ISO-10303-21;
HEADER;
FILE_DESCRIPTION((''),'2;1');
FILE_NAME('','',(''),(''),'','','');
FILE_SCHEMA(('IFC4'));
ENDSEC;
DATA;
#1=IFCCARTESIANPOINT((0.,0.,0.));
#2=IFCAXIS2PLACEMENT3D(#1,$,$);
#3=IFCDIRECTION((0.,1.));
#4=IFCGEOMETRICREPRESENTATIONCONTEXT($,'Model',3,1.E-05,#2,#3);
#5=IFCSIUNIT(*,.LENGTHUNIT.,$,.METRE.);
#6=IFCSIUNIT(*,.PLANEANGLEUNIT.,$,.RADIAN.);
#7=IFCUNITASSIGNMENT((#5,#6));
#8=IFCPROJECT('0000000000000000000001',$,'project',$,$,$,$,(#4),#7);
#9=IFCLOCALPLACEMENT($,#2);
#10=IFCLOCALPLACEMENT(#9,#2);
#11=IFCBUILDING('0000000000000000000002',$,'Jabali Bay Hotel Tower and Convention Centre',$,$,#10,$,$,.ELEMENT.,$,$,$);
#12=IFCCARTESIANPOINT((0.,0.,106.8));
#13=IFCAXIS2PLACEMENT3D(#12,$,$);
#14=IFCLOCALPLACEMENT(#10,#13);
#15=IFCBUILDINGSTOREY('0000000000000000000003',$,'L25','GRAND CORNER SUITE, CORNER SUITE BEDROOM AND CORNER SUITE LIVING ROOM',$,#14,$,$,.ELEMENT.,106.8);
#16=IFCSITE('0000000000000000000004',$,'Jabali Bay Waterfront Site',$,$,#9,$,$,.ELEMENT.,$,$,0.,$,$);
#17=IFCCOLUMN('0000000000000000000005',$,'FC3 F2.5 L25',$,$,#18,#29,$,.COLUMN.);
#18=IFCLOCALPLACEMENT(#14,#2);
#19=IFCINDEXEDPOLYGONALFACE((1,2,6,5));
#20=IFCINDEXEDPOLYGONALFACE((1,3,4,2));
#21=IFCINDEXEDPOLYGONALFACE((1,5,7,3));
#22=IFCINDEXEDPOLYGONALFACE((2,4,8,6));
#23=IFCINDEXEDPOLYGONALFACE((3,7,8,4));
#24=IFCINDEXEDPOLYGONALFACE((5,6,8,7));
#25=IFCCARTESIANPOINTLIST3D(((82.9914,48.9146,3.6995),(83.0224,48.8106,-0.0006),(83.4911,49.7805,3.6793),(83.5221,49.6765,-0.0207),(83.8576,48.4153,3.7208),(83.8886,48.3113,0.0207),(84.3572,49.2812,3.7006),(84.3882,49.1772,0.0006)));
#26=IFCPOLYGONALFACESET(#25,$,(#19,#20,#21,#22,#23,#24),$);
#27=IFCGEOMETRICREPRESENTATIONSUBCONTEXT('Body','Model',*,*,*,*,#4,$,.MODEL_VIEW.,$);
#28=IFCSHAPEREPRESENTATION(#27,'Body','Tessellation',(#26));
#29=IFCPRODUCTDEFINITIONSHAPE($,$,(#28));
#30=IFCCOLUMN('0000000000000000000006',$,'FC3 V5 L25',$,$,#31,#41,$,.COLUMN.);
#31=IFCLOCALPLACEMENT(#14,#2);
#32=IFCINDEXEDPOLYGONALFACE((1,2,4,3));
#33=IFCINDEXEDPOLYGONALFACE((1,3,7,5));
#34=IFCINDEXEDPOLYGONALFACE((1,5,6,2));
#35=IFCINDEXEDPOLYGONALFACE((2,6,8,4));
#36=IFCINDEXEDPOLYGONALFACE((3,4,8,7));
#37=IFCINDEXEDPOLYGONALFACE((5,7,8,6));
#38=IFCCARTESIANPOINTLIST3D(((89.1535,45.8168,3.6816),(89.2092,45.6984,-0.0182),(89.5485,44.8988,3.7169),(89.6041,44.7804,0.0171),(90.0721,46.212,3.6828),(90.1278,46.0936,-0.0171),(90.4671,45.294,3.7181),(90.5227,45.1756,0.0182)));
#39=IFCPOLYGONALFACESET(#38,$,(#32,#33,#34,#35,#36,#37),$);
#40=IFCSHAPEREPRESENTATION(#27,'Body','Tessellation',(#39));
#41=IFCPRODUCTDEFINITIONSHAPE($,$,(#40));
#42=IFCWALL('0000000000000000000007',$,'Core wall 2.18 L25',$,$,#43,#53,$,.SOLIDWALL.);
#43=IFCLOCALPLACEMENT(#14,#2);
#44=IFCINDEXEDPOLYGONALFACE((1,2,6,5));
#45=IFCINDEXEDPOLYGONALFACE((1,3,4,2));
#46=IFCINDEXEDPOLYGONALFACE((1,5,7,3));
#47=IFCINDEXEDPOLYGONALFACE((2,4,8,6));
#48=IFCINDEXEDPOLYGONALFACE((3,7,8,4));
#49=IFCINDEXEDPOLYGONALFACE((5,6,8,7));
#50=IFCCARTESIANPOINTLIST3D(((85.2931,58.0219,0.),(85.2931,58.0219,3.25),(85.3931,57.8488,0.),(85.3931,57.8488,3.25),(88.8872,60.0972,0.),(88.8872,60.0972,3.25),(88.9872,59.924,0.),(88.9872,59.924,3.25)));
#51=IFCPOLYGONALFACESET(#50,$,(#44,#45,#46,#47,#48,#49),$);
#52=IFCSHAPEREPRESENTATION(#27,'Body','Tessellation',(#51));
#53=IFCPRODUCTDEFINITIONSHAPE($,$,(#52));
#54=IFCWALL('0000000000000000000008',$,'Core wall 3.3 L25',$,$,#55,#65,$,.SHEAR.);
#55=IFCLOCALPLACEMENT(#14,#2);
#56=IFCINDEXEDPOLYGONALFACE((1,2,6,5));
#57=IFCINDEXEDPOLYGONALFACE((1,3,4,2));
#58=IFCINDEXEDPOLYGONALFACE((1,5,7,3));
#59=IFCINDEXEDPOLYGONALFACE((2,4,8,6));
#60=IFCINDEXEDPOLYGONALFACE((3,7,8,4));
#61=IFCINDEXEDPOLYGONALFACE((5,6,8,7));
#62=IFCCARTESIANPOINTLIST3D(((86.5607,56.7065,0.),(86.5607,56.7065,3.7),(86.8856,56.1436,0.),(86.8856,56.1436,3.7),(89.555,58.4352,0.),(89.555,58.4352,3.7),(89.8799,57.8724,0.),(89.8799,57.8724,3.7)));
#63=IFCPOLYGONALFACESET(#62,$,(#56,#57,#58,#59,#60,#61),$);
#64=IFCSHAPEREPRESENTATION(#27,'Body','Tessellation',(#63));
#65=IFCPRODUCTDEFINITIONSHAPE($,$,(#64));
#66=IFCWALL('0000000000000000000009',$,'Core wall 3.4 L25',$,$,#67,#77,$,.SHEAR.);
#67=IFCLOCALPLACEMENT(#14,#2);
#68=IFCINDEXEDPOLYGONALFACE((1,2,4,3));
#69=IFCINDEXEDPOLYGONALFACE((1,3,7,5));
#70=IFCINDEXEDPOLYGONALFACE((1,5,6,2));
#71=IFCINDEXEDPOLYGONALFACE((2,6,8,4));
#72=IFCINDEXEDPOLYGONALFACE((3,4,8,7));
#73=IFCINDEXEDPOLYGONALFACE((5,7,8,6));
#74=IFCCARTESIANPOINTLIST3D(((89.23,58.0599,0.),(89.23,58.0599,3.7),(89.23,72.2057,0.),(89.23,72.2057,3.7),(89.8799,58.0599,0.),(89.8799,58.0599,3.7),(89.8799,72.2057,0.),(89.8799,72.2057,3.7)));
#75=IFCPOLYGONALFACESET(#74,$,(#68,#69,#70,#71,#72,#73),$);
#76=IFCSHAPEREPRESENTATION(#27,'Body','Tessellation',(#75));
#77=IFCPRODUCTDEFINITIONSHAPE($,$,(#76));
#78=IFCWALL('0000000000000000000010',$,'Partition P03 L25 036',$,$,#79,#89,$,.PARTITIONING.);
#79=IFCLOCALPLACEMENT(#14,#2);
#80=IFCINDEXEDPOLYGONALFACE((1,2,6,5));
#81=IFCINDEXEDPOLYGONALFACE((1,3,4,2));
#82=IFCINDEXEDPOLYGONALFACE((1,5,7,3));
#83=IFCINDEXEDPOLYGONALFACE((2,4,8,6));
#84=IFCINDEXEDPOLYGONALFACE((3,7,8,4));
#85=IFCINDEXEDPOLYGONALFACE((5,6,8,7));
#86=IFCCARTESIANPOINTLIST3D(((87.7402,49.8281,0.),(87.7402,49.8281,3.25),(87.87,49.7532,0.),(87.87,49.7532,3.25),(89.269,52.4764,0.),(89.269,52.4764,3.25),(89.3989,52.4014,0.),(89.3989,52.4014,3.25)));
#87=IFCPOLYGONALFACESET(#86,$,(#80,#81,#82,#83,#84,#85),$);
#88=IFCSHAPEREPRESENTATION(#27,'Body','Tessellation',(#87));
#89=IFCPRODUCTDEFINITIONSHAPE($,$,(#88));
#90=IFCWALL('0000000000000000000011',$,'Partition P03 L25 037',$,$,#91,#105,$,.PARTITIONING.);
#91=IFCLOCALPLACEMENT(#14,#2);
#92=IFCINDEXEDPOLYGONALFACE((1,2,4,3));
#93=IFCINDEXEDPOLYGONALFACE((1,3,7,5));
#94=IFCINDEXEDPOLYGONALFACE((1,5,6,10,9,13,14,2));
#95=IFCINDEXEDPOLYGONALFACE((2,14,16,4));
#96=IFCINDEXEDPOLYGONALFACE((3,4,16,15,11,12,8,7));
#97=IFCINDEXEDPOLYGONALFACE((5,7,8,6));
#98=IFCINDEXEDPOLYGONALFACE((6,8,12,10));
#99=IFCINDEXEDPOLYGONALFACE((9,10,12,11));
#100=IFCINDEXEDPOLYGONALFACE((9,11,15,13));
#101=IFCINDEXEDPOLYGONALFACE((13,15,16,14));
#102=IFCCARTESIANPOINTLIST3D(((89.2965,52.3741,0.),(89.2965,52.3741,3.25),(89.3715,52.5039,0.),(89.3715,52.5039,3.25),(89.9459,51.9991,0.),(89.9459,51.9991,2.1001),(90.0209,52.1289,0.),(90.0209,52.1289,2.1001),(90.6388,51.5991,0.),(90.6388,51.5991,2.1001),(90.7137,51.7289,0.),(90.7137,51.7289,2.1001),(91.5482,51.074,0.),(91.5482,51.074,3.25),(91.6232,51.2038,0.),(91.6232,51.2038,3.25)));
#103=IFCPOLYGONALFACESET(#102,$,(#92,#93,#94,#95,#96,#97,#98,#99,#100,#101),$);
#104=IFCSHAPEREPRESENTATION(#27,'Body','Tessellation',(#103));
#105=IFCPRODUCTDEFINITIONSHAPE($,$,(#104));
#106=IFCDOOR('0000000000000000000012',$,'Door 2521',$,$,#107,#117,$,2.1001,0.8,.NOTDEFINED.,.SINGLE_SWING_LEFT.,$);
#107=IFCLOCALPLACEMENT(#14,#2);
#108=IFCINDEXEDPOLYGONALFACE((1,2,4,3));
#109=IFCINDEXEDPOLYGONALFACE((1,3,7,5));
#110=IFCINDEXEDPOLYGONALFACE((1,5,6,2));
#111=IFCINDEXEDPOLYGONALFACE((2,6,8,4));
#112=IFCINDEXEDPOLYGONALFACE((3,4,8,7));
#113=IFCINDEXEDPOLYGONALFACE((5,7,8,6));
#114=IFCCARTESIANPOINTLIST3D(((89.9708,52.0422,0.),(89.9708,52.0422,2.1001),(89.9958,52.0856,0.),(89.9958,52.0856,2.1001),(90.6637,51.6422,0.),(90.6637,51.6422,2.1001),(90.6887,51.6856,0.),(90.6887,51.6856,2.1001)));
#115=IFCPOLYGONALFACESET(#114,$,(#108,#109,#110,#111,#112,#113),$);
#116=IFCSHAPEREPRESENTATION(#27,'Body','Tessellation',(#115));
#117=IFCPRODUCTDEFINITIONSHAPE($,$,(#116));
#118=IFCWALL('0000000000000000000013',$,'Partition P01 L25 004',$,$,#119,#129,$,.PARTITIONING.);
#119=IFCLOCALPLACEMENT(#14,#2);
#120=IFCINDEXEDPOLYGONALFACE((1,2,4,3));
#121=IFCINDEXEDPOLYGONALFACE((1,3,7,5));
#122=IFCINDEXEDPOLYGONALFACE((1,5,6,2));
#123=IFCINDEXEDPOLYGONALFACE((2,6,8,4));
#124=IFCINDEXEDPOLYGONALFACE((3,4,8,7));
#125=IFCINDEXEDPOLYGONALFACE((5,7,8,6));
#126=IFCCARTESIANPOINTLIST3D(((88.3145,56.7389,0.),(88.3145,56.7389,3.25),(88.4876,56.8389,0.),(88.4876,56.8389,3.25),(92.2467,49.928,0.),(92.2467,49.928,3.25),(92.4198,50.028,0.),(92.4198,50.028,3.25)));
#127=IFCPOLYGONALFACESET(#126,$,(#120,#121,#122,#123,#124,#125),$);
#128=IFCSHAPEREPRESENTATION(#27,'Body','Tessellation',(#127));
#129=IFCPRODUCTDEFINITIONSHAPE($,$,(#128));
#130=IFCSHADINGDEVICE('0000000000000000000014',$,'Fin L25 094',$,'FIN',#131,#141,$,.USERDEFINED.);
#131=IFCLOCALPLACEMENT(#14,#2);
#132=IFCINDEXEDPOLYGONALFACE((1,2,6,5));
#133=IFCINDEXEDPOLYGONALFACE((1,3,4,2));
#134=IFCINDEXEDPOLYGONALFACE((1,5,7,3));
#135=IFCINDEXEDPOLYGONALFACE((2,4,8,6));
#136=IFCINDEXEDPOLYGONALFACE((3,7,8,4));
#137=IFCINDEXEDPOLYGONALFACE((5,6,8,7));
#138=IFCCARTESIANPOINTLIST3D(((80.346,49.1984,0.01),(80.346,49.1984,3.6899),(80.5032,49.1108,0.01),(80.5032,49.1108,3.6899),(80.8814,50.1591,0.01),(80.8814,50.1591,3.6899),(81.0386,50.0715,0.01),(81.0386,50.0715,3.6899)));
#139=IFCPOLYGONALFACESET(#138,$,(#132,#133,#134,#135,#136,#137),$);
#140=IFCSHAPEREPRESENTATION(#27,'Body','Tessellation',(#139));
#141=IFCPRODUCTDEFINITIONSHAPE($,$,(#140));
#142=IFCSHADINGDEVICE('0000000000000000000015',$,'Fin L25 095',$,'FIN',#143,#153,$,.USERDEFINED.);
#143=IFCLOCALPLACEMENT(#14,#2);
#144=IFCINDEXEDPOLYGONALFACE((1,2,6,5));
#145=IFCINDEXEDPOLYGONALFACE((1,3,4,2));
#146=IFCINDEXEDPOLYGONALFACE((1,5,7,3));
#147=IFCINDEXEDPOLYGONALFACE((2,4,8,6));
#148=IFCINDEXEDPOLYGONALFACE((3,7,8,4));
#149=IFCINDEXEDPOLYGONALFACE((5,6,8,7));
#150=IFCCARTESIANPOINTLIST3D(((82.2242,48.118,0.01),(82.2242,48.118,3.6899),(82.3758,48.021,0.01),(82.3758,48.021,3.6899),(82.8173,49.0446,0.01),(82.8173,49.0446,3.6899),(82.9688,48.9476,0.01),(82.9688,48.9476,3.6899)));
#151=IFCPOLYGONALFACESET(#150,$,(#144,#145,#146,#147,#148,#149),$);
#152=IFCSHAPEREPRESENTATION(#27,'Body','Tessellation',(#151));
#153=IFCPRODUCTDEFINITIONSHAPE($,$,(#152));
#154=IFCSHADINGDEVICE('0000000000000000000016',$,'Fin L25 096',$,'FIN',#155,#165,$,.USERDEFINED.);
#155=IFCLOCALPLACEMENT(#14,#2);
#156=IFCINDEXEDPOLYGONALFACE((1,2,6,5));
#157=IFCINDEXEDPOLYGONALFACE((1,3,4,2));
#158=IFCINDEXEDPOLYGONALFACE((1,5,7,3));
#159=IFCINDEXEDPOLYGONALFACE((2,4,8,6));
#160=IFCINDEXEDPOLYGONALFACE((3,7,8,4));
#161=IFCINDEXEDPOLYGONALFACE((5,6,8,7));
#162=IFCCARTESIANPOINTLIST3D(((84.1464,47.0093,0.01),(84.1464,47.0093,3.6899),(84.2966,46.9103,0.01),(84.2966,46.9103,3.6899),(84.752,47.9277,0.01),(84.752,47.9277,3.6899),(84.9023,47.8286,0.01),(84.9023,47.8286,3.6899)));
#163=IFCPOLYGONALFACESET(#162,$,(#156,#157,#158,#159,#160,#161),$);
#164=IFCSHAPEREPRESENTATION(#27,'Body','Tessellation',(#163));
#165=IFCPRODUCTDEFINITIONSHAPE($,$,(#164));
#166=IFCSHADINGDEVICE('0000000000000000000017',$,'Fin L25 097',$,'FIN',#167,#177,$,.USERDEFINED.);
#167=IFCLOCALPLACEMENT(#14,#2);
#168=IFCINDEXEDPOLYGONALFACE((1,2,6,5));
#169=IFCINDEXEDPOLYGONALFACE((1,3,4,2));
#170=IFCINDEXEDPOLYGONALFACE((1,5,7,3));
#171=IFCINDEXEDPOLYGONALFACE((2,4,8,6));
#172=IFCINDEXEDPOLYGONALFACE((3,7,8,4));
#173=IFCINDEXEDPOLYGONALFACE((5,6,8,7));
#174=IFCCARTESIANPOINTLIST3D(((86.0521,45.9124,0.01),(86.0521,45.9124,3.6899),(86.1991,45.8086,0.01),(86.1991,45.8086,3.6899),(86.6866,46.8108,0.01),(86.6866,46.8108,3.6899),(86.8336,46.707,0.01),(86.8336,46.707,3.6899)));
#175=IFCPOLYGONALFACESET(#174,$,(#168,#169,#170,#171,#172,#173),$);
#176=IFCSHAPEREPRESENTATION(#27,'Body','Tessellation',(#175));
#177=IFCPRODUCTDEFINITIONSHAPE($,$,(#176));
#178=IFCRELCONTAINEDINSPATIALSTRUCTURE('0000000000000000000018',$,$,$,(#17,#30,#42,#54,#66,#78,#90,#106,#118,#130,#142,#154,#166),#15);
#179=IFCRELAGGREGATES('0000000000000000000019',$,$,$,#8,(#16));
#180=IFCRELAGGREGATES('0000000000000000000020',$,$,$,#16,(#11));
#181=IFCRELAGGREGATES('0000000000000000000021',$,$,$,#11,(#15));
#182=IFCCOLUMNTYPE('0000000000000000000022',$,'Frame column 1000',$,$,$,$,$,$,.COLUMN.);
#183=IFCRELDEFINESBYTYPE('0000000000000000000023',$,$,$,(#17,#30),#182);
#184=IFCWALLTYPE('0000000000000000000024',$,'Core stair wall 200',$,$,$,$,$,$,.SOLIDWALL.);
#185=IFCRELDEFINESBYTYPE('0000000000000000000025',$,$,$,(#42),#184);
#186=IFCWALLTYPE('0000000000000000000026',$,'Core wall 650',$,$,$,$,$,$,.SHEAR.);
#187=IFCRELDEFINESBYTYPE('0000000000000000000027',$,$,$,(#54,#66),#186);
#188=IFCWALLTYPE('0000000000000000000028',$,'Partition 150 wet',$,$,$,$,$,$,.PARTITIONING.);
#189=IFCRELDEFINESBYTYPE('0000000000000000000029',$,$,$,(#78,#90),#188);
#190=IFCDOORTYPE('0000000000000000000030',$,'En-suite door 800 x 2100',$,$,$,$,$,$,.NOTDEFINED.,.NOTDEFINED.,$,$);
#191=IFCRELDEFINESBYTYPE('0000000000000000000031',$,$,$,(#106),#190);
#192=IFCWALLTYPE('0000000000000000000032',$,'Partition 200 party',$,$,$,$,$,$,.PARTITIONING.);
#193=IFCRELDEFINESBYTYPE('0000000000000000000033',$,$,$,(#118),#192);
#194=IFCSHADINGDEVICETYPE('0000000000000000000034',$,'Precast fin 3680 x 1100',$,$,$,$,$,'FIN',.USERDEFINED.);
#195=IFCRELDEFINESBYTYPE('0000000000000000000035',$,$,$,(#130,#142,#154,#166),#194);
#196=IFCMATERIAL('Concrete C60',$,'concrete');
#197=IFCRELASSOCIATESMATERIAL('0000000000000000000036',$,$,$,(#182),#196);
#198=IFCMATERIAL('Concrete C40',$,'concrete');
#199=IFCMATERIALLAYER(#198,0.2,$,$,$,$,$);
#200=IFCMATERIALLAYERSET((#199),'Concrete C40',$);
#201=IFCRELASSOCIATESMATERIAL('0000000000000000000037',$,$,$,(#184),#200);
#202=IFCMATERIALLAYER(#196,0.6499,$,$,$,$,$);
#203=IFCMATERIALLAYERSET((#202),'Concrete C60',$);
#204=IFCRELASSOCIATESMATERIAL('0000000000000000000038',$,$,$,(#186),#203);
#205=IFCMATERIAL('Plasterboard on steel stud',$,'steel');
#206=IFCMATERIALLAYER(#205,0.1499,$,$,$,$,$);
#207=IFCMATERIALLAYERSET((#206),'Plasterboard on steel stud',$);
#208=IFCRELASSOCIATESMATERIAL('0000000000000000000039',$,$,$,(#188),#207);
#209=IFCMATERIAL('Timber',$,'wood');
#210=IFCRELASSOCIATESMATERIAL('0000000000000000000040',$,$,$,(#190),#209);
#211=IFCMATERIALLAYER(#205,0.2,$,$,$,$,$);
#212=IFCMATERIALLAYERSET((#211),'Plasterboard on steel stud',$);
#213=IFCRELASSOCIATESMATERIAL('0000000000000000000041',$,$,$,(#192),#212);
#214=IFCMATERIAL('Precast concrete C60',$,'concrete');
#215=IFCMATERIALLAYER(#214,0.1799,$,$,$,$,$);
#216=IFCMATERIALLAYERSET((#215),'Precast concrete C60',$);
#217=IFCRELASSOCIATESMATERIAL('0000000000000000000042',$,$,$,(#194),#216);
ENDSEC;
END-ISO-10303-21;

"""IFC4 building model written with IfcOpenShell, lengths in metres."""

from ifc_helpers import new_model, si_unit, direction, frame, frame_2d, origin, origin_2d, place, context, subcontext, project, spatial, rectangle, extrude, material, layer, layer_set, material_profile, profile_set, type_object, element, fill, save


model = new_model("IFC4")

# Units and contexts
model_context = context("Model", 3, precision=1e-05, world=origin(), true_north=direction((0.0, 1.0)))
body_context = subcontext(model_context, "Body", "Model", "MODEL_VIEW")
ifc_project = project(units=[si_unit("LENGTHUNIT", "METRE"), si_unit("PLANEANGLEUNIT", "RADIAN")], contexts=[model_context])

# Site, building, storey
site_placement = place(None, origin())
site = spatial("IfcSite", under=ifc_project, at=site_placement, Name="Jabali Bay Waterfront Site", CompositionType="ELEMENT", RefElevation=0.0)
building_placement = place(site_placement, origin())
building = spatial("IfcBuilding", under=site, at=building_placement, Name="Jabali Bay Hotel Tower and Convention Centre", CompositionType="ELEMENT")
storey_placement = place(building_placement, frame((0.0, 0.0, 106.8)))
storey = spatial("IfcBuildingStorey", under=building, at=storey_placement, Name="L25", Description="GRAND CORNER SUITE, CORNER SUITE BEDROOM AND CORNER SUITE LIVING ROOM", CompositionType="ELEMENT", Elevation=106.8)

# Columns
ifc_material_1 = material(Name="Concrete C60", Category="concrete")
ifc_material_profile = material_profile(ifc_material_1, rectangle(XDim=1.0, YDim=1.0, at=origin_2d()), Name="Frame column 1000")
ifc_profile_set = profile_set([ifc_material_profile], Name="Concrete C60")
column_type = type_object("IfcColumnType", Name="Frame column 1000", PredefinedType="COLUMN", material=ifc_profile_set)
column_1_placement = place(storey_placement, frame((83.7053, 48.9939, 0.0), z_axis=(-0.008376, 0.028097, 0.99957), x_axis=(-0.499674, -0.865979, 0.020155)))
element("IfcColumn", 1, at=column_1_placement, inside=storey, type_object=column_type, Name="FC3 F2.5 L25", PredefinedType="COLUMN", context=body_context, shape_type="SweptSolid", body=[
    extrude(rectangle(XDim=1.0, YDim=1.0, at=origin_2d()), origin(), (0.0, 0.0, 1.0), 3.7017),
])
column_2_placement = place(storey_placement, frame((89.866, 45.437, 0.0), z_axis=(-0.015035, 0.031983, 0.999375), x_axis=(0.394917, -0.918037, 0.035321)))
element("IfcColumn", 2, at=column_2_placement, inside=storey, type_object=column_type, Name="FC3 V5 L25", PredefinedType="COLUMN", context=body_context, shape_type="SweptSolid", body=[
    extrude(rectangle(XDim=1.0, YDim=1.0, at=origin_2d()), origin(), (0.0, 0.0, 1.0), 3.7021),
])

# Walls
ifc_material_2 = material(Name="Concrete C40", Category="concrete")
ifc_layer_1 = layer(ifc_material_2, 0.2)
ifc_layer_set_1 = layer_set([ifc_layer_1], Name="Concrete C40")
wall_type_1 = type_object("IfcWallType", Name="Core stair wall 200", PredefinedType="SOLIDWALL", material=ifc_layer_set_1)
wall_1_placement = place(storey_placement, frame((85.343, 57.9353, 0.0), z_axis=(0.0, 0.0, 1.0), x_axis=(0.866004, 0.500036, 0.0)))
element("IfcWall", 3, at=wall_1_placement, inside=storey, type_object=wall_type_1, Name="Core wall 2.18 L25", PredefinedType="SOLIDWALL", context=body_context, shape_type="SweptSolid", body=[
    extrude(rectangle(XDim=4.1501, YDim=0.2, at=frame_2d((2.0752, 0.0))), origin(), (0.0, 0.0, 1.0), 3.25),
])
ifc_layer_2 = layer(ifc_material_1, 0.6499)
ifc_layer_set_2 = layer_set([ifc_layer_2], Name="Concrete C60")
wall_type_2 = type_object("IfcWallType", Name="Core wall 650", PredefinedType="SHEAR", material=ifc_layer_set_2)
wall_2_placement = place(storey_placement, frame((86.7231, 56.425, 0.0), z_axis=(0.0, 0.0, 1.0), x_axis=(0.866032, 0.499989, 0.0)))
element("IfcWall", 4, at=wall_2_placement, inside=storey, type_object=wall_type_2, Name="Core wall 3.3 L25", PredefinedType="SHEAR", context=body_context, shape_type="SweptSolid", body=[
    extrude(rectangle(XDim=3.4575, YDim=0.6499, at=frame_2d((1.7288, 0.0))), origin(), (0.0, 0.0, 1.0), 3.7),
])
wall_3_placement = place(storey_placement, frame((89.5549, 58.0601, 0.0), z_axis=(0.0, 0.0, 1.0), x_axis=(0.0, 1.0, 0.0)))
element("IfcWall", 5, at=wall_3_placement, inside=storey, type_object=wall_type_2, Name="Core wall 3.4 L25", PredefinedType="SHEAR", context=body_context, shape_type="SweptSolid", body=[
    extrude(rectangle(XDim=14.1458, YDim=0.6499, at=frame_2d((7.0728, 0.0))), origin(), (0.0, 0.0, 1.0), 3.7),
])

# Wall
ifc_material_3 = material(Name="Plasterboard on steel stud", Category="steel")
ifc_layer_3 = layer(ifc_material_3, 0.1499)
ifc_layer_set_3 = layer_set([ifc_layer_3], Name="Plasterboard on steel stud")
wall_type_3 = type_object("IfcWallType", Name="Partition 150 wet", PredefinedType="PARTITIONING", material=ifc_layer_set_3)
wall_4_placement = place(storey_placement, frame((87.8052, 49.7908, 0.0), z_axis=(0.0, 0.0, 1.0), x_axis=(0.499969, 0.866043, 0.0)))
element("IfcWall", 6, at=wall_4_placement, inside=storey, type_object=wall_type_3, Name="Partition P03 L25 036", PredefinedType="PARTITIONING", context=body_context, shape_type="SweptSolid", body=[
    extrude(rectangle(XDim=3.0579, YDim=0.1499, at=frame_2d((1.5288, 0.0))), origin(), (0.0, 0.0, 1.0), 3.25),
])

# Wall, opening, door
wall_5_placement = place(storey_placement, frame((89.334, 52.439, 0.0), z_axis=(0.0, 0.0, 1.0), x_axis=(0.866021, -0.500007, 0.0)))
wall_5 = element("IfcWall", 7, at=wall_5_placement, inside=storey, type_object=wall_type_3, Name="Partition P03 L25 037", PredefinedType="PARTITIONING", context=body_context, shape_type="SweptSolid", body=[
    extrude(rectangle(XDim=2.6001, YDim=0.1499, at=frame_2d((1.3, 0.0))), origin(), (0.0, 0.0, 1.0), 3.25),
])
opening_1_placement = place(wall_5_placement, frame((0.75, 0.0, 0.0)))
opening_1 = element("IfcOpeningElement", 8, at=opening_1_placement, cuts=wall_5, PredefinedType="OPENING", context=body_context, shape_type="SweptSolid", body=[
    extrude(rectangle(XDim=0.8, YDim=2.1001, at=frame_2d((0.3999, 1.05))), frame((0.0, 0.0854, 0.0), z_axis=(0.0, -1.0, 0.0), x_axis=(1.0, 0.0, 0.0)), (0.0, 0.0, 1.0), 0.1709),
])
ifc_material_4 = material(Name="Timber", Category="wood")
door_type_1 = type_object("IfcDoorType", Name="En-suite door 800 x 2100", OperationType="NOTDEFINED", PredefinedType="NOTDEFINED", material=ifc_material_4)
door_1_placement = place(opening_1_placement, origin())
door_1 = element("IfcDoor", 9, at=door_1_placement, inside=storey, type_object=door_type_1, Name="Door 2521", OperationType="SINGLE_SWING_LEFT", OverallHeight=2.1001, OverallWidth=0.8, PredefinedType="NOTDEFINED", context=body_context, shape_type="SweptSolid", body=[
    extrude(rectangle(XDim=0.8, YDim=2.1001, at=frame_2d((0.3999, 1.05))), frame((0.0, 0.0249, 0.0), z_axis=(0.0, -1.0, 0.0), x_axis=(1.0, 0.0, 0.0)), (0.0, 0.0, 1.0), 0.05),
])
fill(opening_1, door_1)

# Wall
ifc_layer_4 = layer(ifc_material_3, 0.2)
ifc_layer_set_4 = layer_set([ifc_layer_4], Name="Plasterboard on steel stud")
wall_type_4 = type_object("IfcWallType", Name="Partition 200 party", PredefinedType="PARTITIONING", material=ifc_layer_set_4)
wall_6_placement = place(storey_placement, frame((88.4011, 56.7888, 0.0), z_axis=(0.0, 0.0, 1.0), x_axis=(0.499992, -0.86603, 0.0)))
element("IfcWall", 10, at=wall_6_placement, inside=storey, type_object=wall_type_4, Name="Partition P01 L25 004", PredefinedType="PARTITIONING", context=body_context, shape_type="SweptSolid", body=[
    extrude(rectangle(XDim=7.8645, YDim=0.2, at=frame_2d((3.9321, 0.0))), origin(), (0.0, 0.0, 1.0), 3.25),
])

# Shading devices
ifc_material_5 = material(Name="Precast concrete C60", Category="concrete")
ifc_layer_5 = layer(ifc_material_5, 0.1799)
ifc_layer_set_5 = layer_set([ifc_layer_5], Name="Precast concrete C60")
shading_device_type_1 = type_object("IfcShadingDeviceType", Name="Precast fin 3680 x 1100", ElementType="FIN", PredefinedType="USERDEFINED", material=ifc_layer_set_5)
shading_device_1_placement = place(storey_placement, frame((80.96, 50.1152, 0.01), z_axis=(0.0, 0.0, 1.0), x_axis=(-0.486811, -0.873507, 0.0)))
element("IfcShadingDevice", 11, at=shading_device_1_placement, inside=storey, type_object=shading_device_type_1, Name="Fin L25 094", ObjectType="FIN", PredefinedType="USERDEFINED", context=body_context, shape_type="SweptSolid", body=[
    extrude(rectangle(XDim=1.0999, YDim=0.1799, at=frame_2d((0.5498, 0.0))), origin(), (0.0, 0.0, 1.0), 3.6799),
])
for number, where, z_axis, x_axis, name in (
    (12, (82.8931, 48.9961, 0.01), (0.0, 0.0, 1.0), (-0.539085, -0.842251, 0.0), "Fin L25 095"),
    (13, (84.8271, 47.8782, 0.01), (0.0, 0.0, 1.0), (-0.550545, -0.834805, 0.0), "Fin L25 096"),
):
    element("IfcShadingDevice", number, at=place(storey_placement, frame(where, z_axis=z_axis, x_axis=x_axis)), inside=storey, type_object=shading_device_type_1, Name=name, ObjectType="FIN", PredefinedType="USERDEFINED", context=body_context, shape_type="SweptSolid", body=[
        extrude(rectangle(XDim=1.1001, YDim=0.1799, at=frame_2d((0.55, 0.0))), origin(), (0.0, 0.0, 1.0), 3.6799),
    ])
shading_device_2_placement = place(storey_placement, frame((86.76, 46.7588, 0.01), z_axis=(0.0, 0.0, 1.0), x_axis=(-0.576884, -0.816826, 0.0)))
element("IfcShadingDevice", 14, at=shading_device_2_placement, inside=storey, type_object=shading_device_type_1, Name="Fin L25 097", ObjectType="FIN", PredefinedType="USERDEFINED", context=body_context, shape_type="SweptSolid", body=[
    extrude(rectangle(XDim=1.0999, YDim=0.1799, at=frame_2d((0.5498, 0.0))), origin(), (0.0, 0.0, 1.0), 3.6799),
])

save(model, "model.ifc")
